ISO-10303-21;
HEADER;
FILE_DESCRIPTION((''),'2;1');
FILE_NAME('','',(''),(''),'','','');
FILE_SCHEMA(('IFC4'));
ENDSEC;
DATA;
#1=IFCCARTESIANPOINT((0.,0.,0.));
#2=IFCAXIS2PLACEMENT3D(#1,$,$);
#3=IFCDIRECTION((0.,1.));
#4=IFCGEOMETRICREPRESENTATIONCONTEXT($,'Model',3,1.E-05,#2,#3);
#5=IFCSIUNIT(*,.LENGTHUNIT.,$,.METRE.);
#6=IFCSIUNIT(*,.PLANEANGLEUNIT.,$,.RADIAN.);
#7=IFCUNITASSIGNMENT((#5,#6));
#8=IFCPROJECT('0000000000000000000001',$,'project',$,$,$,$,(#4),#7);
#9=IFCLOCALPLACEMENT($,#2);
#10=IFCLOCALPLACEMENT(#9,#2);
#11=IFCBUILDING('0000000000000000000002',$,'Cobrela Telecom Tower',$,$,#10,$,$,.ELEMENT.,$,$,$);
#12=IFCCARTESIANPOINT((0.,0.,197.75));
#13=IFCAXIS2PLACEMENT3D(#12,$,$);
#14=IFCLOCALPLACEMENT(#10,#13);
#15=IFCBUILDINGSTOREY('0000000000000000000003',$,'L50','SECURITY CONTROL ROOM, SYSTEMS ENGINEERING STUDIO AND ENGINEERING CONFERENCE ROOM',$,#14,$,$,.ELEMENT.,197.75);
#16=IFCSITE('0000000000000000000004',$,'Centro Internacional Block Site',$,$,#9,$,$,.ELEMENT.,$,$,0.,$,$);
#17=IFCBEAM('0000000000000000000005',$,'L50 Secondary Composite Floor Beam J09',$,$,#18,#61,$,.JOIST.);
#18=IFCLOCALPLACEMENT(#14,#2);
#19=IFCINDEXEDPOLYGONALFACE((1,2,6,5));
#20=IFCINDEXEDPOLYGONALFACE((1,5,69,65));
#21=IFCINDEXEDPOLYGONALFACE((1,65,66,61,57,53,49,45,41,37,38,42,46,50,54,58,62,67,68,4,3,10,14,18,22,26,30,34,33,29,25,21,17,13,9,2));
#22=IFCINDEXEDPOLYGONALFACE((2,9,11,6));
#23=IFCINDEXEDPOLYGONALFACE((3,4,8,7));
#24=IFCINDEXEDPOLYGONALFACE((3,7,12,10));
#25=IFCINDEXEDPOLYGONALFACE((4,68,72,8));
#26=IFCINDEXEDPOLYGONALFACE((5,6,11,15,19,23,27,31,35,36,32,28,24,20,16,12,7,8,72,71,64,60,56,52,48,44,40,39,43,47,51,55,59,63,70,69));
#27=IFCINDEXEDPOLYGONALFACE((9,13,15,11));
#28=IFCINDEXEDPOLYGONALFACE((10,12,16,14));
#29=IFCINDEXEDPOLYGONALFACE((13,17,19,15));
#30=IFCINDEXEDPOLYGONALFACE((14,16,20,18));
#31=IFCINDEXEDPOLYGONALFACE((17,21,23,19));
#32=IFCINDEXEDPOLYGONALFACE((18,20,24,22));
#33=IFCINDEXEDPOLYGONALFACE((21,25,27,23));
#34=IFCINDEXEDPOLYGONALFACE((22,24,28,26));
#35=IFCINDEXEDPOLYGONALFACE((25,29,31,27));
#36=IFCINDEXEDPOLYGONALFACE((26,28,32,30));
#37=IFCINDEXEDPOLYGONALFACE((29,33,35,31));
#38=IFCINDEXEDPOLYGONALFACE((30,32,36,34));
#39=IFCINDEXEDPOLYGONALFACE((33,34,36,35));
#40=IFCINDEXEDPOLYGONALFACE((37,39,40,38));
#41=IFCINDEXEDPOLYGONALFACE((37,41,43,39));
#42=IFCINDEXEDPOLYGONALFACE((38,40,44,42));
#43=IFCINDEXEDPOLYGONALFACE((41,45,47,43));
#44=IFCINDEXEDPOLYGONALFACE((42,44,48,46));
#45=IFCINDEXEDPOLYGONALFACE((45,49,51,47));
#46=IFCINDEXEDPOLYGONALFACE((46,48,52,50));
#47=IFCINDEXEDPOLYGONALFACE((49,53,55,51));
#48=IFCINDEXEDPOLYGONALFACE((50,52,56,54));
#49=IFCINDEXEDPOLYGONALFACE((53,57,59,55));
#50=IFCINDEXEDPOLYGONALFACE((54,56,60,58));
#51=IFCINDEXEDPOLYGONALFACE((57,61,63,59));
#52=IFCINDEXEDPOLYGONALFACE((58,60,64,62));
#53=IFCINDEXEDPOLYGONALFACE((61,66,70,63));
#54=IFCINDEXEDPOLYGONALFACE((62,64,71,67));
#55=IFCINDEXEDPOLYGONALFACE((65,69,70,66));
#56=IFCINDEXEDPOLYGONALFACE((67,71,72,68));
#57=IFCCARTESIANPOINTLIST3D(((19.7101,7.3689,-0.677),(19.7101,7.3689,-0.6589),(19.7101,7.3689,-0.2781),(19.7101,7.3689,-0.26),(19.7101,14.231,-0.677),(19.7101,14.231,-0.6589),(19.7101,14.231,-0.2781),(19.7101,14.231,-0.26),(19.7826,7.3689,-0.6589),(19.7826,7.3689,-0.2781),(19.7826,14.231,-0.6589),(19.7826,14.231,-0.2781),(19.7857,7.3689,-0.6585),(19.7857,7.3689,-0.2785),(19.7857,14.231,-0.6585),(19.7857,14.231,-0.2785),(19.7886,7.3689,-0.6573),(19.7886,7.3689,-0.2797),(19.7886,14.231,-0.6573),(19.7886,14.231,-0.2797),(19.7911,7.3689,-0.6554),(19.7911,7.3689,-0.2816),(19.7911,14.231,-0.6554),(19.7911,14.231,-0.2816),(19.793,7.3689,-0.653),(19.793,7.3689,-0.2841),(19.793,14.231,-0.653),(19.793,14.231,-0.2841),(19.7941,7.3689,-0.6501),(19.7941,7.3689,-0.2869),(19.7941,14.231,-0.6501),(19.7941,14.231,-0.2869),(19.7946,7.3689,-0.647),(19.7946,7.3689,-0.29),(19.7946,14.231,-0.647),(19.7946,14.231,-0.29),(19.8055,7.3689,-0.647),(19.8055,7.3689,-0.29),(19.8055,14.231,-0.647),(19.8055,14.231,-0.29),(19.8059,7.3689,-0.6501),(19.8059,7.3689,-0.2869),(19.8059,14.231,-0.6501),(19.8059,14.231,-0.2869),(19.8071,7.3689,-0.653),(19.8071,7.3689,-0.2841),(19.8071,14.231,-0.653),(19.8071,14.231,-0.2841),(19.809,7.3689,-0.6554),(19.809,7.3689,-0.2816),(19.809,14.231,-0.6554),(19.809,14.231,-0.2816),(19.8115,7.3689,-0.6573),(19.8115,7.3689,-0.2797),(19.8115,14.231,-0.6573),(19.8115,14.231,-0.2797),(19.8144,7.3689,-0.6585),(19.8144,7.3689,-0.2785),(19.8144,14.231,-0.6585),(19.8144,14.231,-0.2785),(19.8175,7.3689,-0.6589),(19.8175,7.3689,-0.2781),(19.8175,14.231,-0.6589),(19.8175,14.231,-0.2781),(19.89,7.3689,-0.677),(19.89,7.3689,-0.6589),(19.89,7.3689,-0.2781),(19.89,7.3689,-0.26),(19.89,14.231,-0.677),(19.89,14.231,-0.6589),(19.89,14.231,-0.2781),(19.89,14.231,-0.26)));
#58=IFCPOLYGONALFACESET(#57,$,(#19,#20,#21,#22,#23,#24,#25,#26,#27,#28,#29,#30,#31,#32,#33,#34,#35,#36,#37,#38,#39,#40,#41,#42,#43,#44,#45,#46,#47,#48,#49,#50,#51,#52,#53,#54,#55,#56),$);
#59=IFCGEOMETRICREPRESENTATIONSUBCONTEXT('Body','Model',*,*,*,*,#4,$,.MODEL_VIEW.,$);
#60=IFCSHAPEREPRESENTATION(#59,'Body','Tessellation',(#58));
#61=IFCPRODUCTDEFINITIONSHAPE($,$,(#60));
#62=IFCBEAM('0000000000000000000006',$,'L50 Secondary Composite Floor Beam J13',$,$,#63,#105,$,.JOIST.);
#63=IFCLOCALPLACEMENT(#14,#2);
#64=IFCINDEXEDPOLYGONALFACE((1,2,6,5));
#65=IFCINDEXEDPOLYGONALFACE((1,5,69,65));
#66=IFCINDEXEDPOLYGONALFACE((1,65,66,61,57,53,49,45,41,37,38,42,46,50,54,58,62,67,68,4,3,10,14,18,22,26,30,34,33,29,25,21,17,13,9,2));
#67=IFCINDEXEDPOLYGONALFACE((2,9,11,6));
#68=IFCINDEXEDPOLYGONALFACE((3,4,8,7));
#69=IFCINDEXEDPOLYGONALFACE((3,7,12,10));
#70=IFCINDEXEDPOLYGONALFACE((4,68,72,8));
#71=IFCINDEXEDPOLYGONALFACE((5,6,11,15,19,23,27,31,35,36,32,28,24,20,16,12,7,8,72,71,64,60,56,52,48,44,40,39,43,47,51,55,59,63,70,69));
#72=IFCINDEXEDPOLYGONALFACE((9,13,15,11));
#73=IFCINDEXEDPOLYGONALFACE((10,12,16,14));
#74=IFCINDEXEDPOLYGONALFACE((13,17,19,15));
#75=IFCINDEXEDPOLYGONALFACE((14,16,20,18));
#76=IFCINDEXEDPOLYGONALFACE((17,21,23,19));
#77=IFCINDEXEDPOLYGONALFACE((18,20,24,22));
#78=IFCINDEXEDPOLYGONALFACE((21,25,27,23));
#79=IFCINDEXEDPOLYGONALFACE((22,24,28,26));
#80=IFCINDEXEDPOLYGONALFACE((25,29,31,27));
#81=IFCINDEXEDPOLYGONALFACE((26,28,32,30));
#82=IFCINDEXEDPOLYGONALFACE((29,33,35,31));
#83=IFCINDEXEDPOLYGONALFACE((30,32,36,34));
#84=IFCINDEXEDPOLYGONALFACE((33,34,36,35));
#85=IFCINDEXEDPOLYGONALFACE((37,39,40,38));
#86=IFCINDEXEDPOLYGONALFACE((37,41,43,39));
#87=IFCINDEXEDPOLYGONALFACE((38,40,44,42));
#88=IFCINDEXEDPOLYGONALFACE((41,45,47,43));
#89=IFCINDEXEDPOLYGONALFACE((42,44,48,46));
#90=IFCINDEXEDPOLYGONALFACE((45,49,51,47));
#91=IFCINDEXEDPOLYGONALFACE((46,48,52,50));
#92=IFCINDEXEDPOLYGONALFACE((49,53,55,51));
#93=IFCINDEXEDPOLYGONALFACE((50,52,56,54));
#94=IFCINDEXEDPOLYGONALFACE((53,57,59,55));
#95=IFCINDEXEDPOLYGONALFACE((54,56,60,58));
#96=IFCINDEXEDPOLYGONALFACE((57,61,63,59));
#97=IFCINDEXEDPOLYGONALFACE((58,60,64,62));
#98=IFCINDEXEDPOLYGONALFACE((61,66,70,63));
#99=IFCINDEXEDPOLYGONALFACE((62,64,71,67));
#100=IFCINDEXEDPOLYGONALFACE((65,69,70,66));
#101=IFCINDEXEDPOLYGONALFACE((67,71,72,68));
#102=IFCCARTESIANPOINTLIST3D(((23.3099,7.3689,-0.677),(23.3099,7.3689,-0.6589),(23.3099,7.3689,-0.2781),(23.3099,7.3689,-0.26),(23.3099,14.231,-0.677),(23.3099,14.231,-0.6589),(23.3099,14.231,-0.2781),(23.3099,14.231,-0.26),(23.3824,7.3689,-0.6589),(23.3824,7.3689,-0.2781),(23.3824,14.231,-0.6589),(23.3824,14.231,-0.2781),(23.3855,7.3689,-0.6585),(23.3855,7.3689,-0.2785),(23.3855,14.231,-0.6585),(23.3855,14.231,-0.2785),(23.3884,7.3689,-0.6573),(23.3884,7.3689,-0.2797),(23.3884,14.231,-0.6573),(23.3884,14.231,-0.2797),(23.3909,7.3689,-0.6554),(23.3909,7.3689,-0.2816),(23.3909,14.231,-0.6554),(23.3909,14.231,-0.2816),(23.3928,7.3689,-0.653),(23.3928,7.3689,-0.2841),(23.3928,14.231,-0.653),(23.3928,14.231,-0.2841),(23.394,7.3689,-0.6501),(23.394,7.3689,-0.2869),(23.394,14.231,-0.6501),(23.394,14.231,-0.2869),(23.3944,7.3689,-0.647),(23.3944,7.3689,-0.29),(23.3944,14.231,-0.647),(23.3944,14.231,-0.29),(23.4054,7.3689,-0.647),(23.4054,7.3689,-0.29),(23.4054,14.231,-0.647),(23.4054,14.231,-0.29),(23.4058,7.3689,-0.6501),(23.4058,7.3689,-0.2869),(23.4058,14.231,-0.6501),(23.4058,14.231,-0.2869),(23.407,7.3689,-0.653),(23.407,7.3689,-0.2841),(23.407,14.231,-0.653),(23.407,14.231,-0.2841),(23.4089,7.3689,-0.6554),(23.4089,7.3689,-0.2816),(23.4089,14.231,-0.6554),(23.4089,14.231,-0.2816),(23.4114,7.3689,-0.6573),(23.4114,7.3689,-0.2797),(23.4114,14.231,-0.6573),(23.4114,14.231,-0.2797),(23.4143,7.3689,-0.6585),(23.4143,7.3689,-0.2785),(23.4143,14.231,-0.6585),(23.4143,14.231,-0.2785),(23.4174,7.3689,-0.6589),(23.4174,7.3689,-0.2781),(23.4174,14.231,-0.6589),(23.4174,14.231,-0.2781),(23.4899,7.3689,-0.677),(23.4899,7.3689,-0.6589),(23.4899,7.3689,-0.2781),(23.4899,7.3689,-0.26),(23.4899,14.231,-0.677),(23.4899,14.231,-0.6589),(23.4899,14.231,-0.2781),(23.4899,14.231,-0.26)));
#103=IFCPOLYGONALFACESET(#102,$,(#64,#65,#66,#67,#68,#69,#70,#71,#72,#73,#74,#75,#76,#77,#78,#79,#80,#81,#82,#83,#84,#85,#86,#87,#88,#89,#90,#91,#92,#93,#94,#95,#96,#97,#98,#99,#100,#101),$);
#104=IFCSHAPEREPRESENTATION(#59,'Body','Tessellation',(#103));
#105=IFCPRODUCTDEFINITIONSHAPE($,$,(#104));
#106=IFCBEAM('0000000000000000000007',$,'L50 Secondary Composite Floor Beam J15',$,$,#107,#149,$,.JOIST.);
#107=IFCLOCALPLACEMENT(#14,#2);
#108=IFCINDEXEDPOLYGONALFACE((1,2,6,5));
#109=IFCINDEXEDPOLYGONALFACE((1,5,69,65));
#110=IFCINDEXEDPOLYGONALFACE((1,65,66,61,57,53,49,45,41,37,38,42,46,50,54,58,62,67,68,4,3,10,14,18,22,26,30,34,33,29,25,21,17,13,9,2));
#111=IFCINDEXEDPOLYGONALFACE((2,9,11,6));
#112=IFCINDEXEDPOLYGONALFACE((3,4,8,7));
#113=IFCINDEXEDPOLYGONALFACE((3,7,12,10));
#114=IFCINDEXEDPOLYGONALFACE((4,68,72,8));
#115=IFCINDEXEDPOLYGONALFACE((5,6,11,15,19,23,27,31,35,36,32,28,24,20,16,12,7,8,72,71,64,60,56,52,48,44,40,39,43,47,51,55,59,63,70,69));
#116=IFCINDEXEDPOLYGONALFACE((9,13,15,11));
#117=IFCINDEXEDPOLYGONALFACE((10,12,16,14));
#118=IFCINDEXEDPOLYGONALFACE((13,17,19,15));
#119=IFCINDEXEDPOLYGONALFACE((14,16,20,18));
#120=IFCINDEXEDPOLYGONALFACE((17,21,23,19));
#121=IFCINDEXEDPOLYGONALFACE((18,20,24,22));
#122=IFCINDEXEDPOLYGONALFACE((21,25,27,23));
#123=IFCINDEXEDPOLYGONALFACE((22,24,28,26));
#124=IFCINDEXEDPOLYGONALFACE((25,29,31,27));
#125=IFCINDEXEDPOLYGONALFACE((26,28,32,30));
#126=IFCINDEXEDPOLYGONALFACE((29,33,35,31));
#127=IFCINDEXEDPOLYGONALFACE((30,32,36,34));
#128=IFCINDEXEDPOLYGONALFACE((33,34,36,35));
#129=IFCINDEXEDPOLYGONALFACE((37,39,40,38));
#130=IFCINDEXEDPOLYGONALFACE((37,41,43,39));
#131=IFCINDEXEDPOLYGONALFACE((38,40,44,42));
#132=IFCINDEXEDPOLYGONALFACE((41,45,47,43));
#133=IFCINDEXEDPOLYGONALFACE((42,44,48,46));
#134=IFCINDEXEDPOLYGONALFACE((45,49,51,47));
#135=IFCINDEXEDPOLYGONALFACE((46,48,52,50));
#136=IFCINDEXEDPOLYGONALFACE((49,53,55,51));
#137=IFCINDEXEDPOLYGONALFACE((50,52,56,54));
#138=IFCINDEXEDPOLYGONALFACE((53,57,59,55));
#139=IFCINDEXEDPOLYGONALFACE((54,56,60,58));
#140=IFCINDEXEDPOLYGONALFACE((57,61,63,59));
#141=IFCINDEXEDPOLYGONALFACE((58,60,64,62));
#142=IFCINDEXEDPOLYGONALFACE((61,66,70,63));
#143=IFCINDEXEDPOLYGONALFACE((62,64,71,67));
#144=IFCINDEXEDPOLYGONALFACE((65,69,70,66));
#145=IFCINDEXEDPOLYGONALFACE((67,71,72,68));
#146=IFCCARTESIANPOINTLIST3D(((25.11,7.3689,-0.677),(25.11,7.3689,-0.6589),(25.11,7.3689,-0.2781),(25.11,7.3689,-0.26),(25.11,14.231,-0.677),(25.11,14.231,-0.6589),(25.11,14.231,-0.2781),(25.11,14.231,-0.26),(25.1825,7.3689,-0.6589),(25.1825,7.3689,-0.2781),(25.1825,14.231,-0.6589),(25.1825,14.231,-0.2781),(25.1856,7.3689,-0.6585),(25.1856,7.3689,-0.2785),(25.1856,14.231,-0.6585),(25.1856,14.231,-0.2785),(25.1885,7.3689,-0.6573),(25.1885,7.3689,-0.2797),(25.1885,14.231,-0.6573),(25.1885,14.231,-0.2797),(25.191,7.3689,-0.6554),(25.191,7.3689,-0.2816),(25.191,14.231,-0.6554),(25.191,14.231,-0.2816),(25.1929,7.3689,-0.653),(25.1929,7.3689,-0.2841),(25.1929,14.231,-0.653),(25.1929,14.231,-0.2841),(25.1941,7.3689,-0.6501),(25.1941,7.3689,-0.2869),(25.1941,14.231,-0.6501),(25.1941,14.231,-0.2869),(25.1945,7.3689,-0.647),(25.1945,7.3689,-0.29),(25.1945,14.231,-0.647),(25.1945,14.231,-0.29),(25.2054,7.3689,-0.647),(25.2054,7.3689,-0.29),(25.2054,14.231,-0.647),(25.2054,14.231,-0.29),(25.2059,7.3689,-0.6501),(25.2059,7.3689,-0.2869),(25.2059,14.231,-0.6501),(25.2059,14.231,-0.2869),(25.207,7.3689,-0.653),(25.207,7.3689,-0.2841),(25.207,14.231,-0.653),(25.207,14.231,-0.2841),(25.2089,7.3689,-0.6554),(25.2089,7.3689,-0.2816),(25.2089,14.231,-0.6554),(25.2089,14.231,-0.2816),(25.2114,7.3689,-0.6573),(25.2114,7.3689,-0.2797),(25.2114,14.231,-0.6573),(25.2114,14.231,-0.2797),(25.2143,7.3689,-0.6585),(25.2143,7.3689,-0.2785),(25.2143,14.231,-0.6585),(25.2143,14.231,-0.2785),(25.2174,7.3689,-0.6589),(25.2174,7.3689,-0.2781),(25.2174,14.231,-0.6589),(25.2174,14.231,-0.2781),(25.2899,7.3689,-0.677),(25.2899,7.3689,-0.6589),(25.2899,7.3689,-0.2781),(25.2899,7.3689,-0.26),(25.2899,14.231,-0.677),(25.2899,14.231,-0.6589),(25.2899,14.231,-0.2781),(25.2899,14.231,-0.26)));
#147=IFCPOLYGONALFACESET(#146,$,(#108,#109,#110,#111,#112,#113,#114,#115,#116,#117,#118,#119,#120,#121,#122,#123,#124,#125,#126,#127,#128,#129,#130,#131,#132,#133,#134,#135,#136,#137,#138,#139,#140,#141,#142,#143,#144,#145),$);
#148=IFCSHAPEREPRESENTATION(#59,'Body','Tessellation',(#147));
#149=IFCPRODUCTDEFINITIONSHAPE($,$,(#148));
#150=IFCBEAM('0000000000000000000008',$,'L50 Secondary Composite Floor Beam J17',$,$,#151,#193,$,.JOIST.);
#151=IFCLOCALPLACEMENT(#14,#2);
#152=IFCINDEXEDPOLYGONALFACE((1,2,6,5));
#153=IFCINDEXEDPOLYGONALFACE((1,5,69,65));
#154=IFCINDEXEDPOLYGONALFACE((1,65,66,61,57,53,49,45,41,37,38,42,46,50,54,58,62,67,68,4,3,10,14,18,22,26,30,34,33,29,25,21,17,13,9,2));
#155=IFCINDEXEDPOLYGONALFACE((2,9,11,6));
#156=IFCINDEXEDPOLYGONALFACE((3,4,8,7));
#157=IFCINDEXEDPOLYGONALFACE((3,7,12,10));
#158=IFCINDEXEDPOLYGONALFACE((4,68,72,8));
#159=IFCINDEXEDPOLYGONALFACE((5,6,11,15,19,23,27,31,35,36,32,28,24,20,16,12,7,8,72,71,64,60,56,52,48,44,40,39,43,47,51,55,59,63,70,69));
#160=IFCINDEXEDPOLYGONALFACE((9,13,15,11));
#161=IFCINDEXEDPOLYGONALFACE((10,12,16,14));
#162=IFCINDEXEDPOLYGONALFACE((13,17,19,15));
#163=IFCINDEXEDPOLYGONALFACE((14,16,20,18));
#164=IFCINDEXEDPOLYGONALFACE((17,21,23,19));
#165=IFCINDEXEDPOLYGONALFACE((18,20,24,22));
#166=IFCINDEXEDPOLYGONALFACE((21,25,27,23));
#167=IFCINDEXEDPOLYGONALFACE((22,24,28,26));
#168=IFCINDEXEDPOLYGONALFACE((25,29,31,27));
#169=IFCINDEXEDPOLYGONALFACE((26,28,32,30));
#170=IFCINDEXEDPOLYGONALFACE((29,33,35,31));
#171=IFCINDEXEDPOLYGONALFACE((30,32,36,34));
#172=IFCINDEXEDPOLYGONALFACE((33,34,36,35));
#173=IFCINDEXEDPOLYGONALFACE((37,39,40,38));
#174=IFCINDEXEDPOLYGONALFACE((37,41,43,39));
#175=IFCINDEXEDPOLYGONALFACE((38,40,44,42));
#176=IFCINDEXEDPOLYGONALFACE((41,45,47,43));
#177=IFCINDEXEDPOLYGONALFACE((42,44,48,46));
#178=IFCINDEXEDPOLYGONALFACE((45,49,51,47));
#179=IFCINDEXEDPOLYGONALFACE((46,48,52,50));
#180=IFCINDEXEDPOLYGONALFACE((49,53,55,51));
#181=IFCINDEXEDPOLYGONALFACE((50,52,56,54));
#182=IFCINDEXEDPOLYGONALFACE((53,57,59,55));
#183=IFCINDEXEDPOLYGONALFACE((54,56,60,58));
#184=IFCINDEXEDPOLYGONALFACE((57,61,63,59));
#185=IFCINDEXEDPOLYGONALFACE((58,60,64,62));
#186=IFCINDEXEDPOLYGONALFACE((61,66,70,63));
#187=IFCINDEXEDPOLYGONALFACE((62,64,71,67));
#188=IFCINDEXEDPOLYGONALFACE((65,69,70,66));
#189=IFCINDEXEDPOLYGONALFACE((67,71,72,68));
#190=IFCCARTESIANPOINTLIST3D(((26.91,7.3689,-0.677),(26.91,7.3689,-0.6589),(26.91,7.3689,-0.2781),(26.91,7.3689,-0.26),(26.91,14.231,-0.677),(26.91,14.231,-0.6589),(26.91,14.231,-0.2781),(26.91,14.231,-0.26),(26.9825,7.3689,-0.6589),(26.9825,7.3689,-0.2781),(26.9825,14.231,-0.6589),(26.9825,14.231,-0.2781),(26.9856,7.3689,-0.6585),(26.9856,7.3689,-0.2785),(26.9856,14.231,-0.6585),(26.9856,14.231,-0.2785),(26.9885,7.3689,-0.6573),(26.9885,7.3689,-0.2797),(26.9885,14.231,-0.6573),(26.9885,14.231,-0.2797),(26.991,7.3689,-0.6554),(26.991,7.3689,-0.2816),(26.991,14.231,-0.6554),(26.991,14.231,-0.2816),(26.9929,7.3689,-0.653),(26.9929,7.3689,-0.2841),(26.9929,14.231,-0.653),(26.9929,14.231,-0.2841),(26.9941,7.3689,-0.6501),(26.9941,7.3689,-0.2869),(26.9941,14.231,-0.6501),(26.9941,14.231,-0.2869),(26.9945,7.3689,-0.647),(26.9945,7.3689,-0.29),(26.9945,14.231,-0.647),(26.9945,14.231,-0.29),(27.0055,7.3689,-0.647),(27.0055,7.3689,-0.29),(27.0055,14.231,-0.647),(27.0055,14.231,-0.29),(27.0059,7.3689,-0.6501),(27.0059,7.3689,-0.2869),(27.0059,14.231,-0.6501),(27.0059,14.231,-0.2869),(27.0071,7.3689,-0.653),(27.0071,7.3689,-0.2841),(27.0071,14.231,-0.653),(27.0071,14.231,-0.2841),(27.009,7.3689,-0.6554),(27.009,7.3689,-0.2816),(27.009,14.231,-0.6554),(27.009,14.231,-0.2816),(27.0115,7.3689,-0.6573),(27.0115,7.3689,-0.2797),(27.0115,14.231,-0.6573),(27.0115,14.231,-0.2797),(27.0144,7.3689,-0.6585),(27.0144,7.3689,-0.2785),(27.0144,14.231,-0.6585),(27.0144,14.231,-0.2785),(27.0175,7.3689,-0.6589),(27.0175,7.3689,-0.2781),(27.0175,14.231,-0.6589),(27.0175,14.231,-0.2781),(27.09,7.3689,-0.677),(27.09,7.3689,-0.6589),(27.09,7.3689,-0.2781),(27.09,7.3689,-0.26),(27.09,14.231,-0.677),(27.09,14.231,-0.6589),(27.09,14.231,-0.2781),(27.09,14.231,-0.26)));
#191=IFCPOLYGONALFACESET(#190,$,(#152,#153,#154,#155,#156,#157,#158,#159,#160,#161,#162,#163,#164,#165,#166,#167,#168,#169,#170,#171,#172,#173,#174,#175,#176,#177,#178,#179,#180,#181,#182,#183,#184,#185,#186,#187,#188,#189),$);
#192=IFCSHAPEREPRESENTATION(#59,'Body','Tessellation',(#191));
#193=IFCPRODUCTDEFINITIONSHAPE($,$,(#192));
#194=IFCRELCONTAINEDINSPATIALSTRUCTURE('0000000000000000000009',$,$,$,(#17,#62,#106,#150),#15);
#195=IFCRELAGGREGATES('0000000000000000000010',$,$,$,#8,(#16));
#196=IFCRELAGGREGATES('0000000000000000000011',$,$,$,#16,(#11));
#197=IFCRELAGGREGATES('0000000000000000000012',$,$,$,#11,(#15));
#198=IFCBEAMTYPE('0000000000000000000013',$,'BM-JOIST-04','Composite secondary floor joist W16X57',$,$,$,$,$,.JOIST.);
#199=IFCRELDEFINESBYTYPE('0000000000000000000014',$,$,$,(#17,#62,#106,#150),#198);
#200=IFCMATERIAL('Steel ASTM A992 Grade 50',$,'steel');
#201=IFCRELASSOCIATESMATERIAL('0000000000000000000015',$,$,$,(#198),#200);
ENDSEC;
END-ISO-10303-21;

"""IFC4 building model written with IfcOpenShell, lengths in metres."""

from ifc_helpers import new_model, si_unit, direction, frame, origin, origin_2d, place, context, subcontext, project, spatial, i_section, extrude, material, material_profile, profile_set, type_object, element, save


model = new_model("IFC4")

# Units and contexts
model_context = context("Model", 3, precision=1e-05, world=origin(), true_north=direction((0.0, 1.0)))
body_context = subcontext(model_context, "Body", "Model", "MODEL_VIEW")
ifc_project = project(units=[si_unit("LENGTHUNIT", "METRE"), si_unit("PLANEANGLEUNIT", "RADIAN")], contexts=[model_context])

# Site, building, storey
site_placement = place(None, origin())
site = spatial("IfcSite", under=ifc_project, at=site_placement, Name="Centro Internacional Block Site", CompositionType="ELEMENT", RefElevation=0.0)
building_placement = place(site_placement, origin())
building = spatial("IfcBuilding", under=site, at=building_placement, Name="Cobrela Telecom Tower", CompositionType="ELEMENT")
storey_placement = place(building_placement, frame((0.0, 0.0, 197.75)))
storey = spatial("IfcBuildingStorey", under=building, at=storey_placement, Name="L50", Description="SECURITY CONTROL ROOM, SYSTEMS ENGINEERING STUDIO AND ENGINEERING CONFERENCE ROOM", CompositionType="ELEMENT", Elevation=197.75)

# Shared definitions
ifc_material_1 = material(Name="Steel ASTM A992 Grade 50", Category="steel")

# Beams
ifc_material_profile_1 = material_profile(ifc_material_1, i_section(OverallWidth=0.1799, OverallDepth=0.417, WebThickness=0.011, FlangeThickness=0.0181, FilletRadius=0.012, at=origin_2d()), Name="W16X57")
ifc_profile_set_1 = profile_set([ifc_material_profile_1], Name="Steel ASTM A992 Grade 50")
beam_type_1 = type_object("IfcBeamType", Name="BM-JOIST-04", Description="Composite secondary floor joist W16X57", PredefinedType="JOIST", material=ifc_profile_set_1)
for number, where, z_axis, x_axis, name in (
    (1, (19.8, 7.3689, -0.4685), (0.0, 1.0, 0.0), (-1.0, 0.0, 0.0), "L50 Secondary Composite Floor Beam J09"),
    (2, (23.3999, 7.3689, -0.4685), (0.0, 1.0, 0.0), (-1.0, 0.0, 0.0), "L50 Secondary Composite Floor Beam J13"),
    (3, (25.2, 7.3689, -0.4685), (0.0, 1.0, 0.0), (-1.0, 0.0, 0.0), "L50 Secondary Composite Floor Beam J15"),
    (4, (27.0, 7.3689, -0.4685), (0.0, 1.0, 0.0), (-1.0, 0.0, 0.0), "L50 Secondary Composite Floor Beam J17"),
):
    element("IfcBeam", number, at=place(storey_placement, frame(where, z_axis=z_axis, x_axis=x_axis)), inside=storey, type_object=beam_type_1, Name=name, PredefinedType="JOIST", context=body_context, shape_type="SweptSolid", body=[
        extrude(i_section(OverallWidth=0.1799, OverallDepth=0.417, WebThickness=0.011, FlangeThickness=0.0181, FilletRadius=0.012, at=origin_2d()), origin(), (0.0, 0.0, 1.0), 6.8621),
    ])

save(model, "model.ifc")
